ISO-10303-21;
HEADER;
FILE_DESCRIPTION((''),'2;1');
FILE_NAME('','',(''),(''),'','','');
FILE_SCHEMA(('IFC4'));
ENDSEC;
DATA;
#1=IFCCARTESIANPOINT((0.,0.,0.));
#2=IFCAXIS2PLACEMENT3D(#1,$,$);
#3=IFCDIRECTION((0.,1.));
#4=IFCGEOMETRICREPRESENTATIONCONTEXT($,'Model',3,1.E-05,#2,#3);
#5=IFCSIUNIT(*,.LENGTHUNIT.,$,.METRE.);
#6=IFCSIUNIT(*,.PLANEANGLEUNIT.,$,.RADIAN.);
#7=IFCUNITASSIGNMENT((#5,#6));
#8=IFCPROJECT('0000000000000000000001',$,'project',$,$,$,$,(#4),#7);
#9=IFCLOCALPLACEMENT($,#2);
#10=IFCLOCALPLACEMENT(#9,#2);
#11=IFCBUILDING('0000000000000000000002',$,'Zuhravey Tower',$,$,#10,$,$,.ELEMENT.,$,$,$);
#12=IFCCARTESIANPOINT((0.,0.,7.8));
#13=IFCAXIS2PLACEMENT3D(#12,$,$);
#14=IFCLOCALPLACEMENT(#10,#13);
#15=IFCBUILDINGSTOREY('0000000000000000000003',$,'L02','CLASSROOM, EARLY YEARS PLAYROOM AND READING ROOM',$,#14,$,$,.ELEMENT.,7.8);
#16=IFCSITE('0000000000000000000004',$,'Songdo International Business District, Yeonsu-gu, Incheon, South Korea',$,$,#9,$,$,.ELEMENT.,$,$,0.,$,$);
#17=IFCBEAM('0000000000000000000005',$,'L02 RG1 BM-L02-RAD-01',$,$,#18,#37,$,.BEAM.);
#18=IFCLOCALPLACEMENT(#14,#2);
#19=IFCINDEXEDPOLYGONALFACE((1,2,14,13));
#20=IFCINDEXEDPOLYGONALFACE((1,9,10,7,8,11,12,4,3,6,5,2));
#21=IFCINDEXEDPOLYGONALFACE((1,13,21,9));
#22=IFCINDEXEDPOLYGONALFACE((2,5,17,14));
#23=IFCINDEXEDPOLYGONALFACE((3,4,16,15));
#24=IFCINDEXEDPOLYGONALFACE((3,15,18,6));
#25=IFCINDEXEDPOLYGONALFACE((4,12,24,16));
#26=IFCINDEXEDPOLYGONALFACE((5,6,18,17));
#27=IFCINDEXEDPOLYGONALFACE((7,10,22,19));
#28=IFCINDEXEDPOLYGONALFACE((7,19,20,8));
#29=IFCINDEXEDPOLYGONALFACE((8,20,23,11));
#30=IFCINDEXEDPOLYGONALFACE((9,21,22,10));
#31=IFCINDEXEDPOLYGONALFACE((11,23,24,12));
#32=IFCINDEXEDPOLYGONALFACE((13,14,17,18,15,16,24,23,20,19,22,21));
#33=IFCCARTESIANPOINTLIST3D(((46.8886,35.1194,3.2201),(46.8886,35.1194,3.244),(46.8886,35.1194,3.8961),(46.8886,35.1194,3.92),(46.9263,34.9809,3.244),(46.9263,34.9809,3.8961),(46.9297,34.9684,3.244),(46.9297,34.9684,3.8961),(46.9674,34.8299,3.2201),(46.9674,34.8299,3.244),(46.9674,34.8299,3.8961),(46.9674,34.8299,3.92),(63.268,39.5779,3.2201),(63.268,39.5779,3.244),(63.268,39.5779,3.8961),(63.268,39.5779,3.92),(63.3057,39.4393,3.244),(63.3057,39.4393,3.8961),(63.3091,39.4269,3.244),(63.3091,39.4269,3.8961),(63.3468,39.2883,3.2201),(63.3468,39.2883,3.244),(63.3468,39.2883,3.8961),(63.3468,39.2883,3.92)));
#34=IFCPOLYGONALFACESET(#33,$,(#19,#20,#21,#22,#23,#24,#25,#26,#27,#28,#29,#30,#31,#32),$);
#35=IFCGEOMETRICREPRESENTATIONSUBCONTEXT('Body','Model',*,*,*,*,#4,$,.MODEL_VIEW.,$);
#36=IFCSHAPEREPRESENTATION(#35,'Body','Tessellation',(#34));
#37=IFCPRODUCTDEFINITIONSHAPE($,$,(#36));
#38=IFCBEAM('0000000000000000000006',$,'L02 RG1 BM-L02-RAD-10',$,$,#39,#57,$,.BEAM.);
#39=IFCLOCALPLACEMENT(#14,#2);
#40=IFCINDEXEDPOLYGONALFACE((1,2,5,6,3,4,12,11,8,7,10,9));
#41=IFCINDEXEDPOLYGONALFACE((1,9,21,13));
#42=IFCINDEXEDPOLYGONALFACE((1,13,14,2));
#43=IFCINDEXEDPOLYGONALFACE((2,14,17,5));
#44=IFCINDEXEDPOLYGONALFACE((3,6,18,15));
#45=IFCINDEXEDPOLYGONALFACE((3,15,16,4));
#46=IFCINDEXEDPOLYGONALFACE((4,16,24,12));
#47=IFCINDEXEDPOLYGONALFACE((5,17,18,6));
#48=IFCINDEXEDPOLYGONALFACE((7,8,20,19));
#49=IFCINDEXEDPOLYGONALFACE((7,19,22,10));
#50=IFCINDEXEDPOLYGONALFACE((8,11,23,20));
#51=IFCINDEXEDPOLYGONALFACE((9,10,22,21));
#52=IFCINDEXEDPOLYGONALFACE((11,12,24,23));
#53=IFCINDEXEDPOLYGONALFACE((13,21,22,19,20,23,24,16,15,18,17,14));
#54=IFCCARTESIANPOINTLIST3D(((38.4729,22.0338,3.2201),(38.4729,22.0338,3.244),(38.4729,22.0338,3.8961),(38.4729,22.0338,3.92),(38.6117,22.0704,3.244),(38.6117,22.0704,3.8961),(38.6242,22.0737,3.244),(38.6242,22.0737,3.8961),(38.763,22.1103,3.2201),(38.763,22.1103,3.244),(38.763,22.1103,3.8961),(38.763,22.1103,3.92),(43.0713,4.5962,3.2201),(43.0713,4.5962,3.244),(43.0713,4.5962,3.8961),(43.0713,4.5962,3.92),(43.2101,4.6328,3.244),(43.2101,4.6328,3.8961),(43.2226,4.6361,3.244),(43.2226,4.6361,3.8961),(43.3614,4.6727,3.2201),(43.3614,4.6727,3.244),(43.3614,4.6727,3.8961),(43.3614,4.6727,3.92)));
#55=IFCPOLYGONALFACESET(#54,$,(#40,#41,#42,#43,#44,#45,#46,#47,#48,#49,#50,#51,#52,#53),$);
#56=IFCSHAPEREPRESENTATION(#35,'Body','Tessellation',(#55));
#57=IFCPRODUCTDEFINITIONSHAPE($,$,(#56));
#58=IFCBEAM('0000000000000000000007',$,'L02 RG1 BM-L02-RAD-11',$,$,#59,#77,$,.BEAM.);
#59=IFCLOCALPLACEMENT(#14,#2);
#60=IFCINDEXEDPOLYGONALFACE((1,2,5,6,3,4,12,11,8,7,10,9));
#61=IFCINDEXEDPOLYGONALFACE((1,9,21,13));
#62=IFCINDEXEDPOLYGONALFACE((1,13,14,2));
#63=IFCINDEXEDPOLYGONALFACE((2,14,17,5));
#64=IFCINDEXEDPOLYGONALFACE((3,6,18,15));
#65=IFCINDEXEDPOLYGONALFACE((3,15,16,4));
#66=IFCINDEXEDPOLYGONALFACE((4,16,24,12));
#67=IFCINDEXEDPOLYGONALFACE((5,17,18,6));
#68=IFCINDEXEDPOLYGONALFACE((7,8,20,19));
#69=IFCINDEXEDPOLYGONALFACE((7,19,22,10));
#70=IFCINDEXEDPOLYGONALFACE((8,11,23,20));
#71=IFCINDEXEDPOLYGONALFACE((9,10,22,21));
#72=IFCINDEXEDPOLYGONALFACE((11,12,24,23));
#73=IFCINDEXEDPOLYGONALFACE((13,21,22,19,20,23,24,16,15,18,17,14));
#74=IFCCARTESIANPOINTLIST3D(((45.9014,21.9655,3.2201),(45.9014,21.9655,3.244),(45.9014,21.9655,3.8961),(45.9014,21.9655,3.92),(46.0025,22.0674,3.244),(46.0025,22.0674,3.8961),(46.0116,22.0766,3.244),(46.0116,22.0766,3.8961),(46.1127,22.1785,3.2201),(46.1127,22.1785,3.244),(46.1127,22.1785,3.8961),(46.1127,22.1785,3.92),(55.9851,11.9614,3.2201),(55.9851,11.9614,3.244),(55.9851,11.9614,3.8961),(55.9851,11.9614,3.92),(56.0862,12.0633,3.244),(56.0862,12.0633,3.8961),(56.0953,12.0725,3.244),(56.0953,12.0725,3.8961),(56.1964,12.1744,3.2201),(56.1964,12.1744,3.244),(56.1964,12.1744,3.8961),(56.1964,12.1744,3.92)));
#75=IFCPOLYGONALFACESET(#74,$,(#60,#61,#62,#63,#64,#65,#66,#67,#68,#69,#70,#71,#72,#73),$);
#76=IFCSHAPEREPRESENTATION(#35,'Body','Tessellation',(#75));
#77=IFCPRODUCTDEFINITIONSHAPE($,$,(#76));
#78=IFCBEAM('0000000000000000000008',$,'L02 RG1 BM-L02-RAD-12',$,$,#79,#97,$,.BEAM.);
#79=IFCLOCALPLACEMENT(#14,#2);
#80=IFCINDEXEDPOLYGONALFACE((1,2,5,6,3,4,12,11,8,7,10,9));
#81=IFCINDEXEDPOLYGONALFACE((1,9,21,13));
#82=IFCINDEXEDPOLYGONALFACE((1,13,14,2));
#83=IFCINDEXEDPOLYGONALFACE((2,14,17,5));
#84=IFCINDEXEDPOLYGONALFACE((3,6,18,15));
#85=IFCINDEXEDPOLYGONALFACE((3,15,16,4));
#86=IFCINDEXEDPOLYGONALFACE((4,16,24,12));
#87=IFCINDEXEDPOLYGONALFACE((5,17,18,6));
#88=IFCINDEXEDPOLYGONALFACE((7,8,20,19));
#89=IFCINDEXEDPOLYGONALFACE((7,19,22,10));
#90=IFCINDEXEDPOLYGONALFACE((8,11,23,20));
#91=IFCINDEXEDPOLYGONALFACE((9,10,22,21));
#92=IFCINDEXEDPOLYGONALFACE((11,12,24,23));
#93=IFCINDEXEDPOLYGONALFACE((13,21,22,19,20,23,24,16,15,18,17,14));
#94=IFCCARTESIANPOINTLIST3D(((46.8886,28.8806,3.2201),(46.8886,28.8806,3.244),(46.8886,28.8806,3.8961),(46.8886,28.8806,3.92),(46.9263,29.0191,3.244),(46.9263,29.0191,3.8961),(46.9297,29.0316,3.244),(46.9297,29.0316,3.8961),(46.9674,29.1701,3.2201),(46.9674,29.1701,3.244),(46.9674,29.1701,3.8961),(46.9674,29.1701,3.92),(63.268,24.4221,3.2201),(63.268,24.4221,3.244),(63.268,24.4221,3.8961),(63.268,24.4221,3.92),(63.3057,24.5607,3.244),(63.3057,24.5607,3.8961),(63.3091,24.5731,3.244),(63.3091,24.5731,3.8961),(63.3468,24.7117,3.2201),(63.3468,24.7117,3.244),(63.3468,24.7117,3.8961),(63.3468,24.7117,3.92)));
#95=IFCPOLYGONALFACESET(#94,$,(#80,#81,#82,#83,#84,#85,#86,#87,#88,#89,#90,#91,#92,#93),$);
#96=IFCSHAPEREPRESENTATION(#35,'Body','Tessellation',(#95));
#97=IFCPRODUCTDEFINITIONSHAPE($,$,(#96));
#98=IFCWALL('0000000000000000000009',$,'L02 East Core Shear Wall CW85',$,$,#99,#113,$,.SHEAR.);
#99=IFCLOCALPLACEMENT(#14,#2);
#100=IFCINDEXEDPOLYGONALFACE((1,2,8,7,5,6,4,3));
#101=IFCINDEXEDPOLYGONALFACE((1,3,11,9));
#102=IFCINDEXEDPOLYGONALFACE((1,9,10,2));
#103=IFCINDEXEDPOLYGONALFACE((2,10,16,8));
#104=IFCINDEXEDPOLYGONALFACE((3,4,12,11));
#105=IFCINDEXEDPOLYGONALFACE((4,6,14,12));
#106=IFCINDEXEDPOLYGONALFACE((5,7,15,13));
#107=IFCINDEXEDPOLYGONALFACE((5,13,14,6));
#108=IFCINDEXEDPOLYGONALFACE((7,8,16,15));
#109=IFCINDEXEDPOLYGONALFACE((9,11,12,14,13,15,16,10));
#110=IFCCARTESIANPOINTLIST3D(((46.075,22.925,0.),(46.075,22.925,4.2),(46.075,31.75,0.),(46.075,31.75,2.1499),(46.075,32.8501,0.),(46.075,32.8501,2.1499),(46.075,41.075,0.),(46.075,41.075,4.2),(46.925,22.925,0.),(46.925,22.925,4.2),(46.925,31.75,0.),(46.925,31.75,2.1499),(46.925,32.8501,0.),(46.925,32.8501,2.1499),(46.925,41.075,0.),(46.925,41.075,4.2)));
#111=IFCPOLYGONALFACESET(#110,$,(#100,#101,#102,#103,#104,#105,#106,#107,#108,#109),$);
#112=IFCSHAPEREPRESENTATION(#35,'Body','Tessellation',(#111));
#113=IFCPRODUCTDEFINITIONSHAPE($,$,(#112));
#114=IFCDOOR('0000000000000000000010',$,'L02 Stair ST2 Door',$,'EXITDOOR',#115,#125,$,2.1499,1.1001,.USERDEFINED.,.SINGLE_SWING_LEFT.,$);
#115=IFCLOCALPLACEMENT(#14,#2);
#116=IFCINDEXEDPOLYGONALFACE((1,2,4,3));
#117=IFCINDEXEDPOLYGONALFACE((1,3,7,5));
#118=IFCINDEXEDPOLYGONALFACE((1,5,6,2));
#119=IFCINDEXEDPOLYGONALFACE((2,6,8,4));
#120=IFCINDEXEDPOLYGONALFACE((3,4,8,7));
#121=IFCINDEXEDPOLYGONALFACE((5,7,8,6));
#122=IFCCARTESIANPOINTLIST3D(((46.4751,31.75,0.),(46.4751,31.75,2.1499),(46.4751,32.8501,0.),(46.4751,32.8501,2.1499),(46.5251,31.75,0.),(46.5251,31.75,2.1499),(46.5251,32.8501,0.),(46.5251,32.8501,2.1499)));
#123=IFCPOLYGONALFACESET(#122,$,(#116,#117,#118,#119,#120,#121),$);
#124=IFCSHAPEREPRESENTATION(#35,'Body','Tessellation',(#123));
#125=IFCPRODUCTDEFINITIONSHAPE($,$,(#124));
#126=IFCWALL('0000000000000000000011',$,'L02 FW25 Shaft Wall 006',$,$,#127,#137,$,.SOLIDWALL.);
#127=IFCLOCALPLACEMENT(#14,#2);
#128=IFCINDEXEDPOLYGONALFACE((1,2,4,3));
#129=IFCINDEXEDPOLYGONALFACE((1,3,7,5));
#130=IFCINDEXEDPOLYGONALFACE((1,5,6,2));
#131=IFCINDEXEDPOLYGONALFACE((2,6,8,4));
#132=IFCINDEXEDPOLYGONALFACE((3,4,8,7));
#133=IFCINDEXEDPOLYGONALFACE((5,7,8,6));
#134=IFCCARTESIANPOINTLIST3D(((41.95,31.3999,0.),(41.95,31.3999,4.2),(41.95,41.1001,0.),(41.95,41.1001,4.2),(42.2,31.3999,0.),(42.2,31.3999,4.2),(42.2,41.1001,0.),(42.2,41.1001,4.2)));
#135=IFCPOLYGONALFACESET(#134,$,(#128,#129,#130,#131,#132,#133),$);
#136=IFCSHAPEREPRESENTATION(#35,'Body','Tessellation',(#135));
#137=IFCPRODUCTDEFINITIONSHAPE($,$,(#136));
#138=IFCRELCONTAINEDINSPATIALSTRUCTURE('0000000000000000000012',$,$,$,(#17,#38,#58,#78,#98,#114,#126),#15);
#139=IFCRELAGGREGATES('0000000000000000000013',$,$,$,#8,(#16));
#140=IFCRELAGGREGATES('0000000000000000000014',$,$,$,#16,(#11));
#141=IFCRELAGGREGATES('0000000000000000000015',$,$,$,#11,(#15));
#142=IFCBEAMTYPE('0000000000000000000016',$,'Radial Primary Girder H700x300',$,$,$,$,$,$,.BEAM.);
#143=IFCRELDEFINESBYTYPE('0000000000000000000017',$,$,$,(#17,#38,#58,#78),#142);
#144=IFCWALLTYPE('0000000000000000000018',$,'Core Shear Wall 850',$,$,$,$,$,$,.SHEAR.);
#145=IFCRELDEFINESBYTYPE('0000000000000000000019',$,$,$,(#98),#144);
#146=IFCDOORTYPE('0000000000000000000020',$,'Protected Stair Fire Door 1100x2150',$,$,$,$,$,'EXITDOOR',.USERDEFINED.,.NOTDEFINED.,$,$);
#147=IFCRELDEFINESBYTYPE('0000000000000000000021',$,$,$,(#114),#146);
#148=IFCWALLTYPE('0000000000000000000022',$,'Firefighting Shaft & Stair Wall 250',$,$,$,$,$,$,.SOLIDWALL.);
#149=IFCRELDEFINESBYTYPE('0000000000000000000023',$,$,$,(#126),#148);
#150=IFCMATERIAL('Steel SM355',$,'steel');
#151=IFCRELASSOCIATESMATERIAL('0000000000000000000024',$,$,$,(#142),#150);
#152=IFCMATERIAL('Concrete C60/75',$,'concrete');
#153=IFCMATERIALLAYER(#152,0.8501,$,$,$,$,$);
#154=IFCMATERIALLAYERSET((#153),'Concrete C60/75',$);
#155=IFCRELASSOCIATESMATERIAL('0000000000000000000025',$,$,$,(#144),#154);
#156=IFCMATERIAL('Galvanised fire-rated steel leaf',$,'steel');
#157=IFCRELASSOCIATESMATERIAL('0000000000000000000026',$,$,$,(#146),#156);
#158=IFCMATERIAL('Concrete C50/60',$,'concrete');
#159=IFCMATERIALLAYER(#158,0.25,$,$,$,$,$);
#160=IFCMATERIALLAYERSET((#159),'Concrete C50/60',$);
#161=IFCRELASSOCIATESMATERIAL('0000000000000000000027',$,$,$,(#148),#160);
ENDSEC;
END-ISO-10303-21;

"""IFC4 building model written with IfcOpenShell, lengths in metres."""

from ifc_helpers import new_model, si_unit, direction, frame, frame_2d, origin, origin_2d, place, context, subcontext, project, spatial, rectangle, i_section, extrude, material, layer, layer_set, material_profile, profile_set, type_object, element, fill, save


model = new_model("IFC4")

# Units and contexts
model_context = context("Model", 3, precision=1e-05, world=origin(), true_north=direction((0.0, 1.0)))
body_context = subcontext(model_context, "Body", "Model", "MODEL_VIEW")
ifc_project = project(units=[si_unit("LENGTHUNIT", "METRE"), si_unit("PLANEANGLEUNIT", "RADIAN")], contexts=[model_context])

# Site, building, storey
site_placement = place(None, origin())
site = spatial("IfcSite", under=ifc_project, at=site_placement, Name="Songdo International Business District, Yeonsu-gu, Incheon, South Korea", CompositionType="ELEMENT", RefElevation=0.0)
building_placement = place(site_placement, origin())
building = spatial("IfcBuilding", under=site, at=building_placement, Name="Zuhravey Tower", CompositionType="ELEMENT")
storey_placement = place(building_placement, frame((0.0, 0.0, 7.8)))
storey = spatial("IfcBuildingStorey", under=building, at=storey_placement, Name="L02", Description="CLASSROOM, EARLY YEARS PLAYROOM AND READING ROOM", CompositionType="ELEMENT", Elevation=7.8)

# Beams
ifc_material_1 = material(Name="Steel SM355", Category="steel")
ifc_material_profile = material_profile(ifc_material_1, i_section(OverallWidth=0.3, OverallDepth=0.7, WebThickness=0.0129, FlangeThickness=0.0239, at=origin_2d()), Name="H-700x300x13x24")
ifc_profile_set = profile_set([ifc_material_profile], Name="Steel SM355")
beam_type = type_object("IfcBeamType", Name="Radial Primary Girder H700x300", PredefinedType="BEAM", material=ifc_profile_set)
beam_1_placement = place(storey_placement, frame((46.928, 34.9746, 3.5701), z_axis=(0.964892, 0.262645, 0.0), x_axis=(-0.262645, 0.964892, 0.0)))
element("IfcBeam", 1, at=beam_1_placement, inside=storey, type_object=beam_type, Name="L02 RG1 BM-L02-RAD-01", PredefinedType="BEAM", context=body_context, shape_type="SweptSolid", body=[
    extrude(i_section(OverallWidth=0.3, OverallDepth=0.7, WebThickness=0.0129, FlangeThickness=0.0239, at=origin_2d()), origin(), (0.0, 0.0, 1.0), 16.9753),
])
beam_2_placement = place(storey_placement, frame((38.6179, 22.072, 3.5701), z_axis=(0.25499, -0.966944, 0.0), x_axis=(0.966944, 0.25499, 0.0)))
element("IfcBeam", 2, at=beam_2_placement, inside=storey, type_object=beam_type, Name="L02 RG1 BM-L02-RAD-10", PredefinedType="BEAM", context=body_context, shape_type="SweptSolid", body=[
    extrude(i_section(OverallWidth=0.3, OverallDepth=0.7, WebThickness=0.0129, FlangeThickness=0.0239, at=origin_2d()), origin(), (0.0, 0.0, 1.0), 18.0337),
])
beam_3_placement = place(storey_placement, frame((46.0071, 22.072, 3.5701), z_axis=(0.709903, -0.7043, 0.0), x_axis=(0.7043, 0.709903, 0.0)))
element("IfcBeam", 3, at=beam_3_placement, inside=storey, type_object=beam_type, Name="L02 RG1 BM-L02-RAD-11", PredefinedType="BEAM", context=body_context, shape_type="SweptSolid", body=[
    extrude(i_section(OverallWidth=0.3, OverallDepth=0.7, WebThickness=0.0129, FlangeThickness=0.0239, at=origin_2d()), origin(), (0.0, 0.0, 1.0), 14.2043),
])
beam_4_placement = place(storey_placement, frame((46.928, 29.0254, 3.5701), z_axis=(0.964892, -0.262645, 0.0), x_axis=(0.262645, 0.964892, 0.0)))
element("IfcBeam", 4, at=beam_4_placement, inside=storey, type_object=beam_type, Name="L02 RG1 BM-L02-RAD-12", PredefinedType="BEAM", context=body_context, shape_type="SweptSolid", body=[
    extrude(i_section(OverallWidth=0.3, OverallDepth=0.7, WebThickness=0.0129, FlangeThickness=0.0239, at=origin_2d()), origin(), (0.0, 0.0, 1.0), 16.9753),
])

# Wall, opening, door
ifc_material_2 = material(Name="Concrete C60/75", Category="concrete")
ifc_layer_1 = layer(ifc_material_2, 0.8501)
ifc_layer_set_1 = layer_set([ifc_layer_1], Name="Concrete C60/75")
wall_type_1 = type_object("IfcWallType", Name="Core Shear Wall 850", PredefinedType="SHEAR", material=ifc_layer_set_1)
ifc_material_3 = material(Name="Galvanised fire-rated steel leaf", Category="steel")
wall_1_placement = place(storey_placement, frame((46.5, 22.925, 0.0), z_axis=(0.0, 0.0, 1.0), x_axis=(0.0, 1.0, 0.0)))
wall_1 = element("IfcWall", 5, at=wall_1_placement, inside=storey, type_object=wall_type_1, Name="L02 East Core Shear Wall CW85", PredefinedType="SHEAR", context=body_context, shape_type="SweptSolid", body=[
    extrude(rectangle(XDim=18.1499, YDim=0.8501, at=frame_2d((9.075, 0.0))), origin(), (0.0, 0.0, 1.0), 4.2),
])
opening_1_placement = place(wall_1_placement, frame((8.825, 0.0, 0.0)))
opening_1 = element("IfcOpeningElement", 6, at=opening_1_placement, cuts=wall_1, PredefinedType="OPENING", context=body_context, shape_type="SweptSolid", body=[
    extrude(rectangle(XDim=1.1001, YDim=2.1499, at=frame_2d((0.55, 1.075))), frame((0.0, 0.437, 0.0), z_axis=(0.0, -1.0, 0.0), x_axis=(1.0, 0.0, 0.0)), (0.0, 0.0, 1.0), 0.874),
])
door_type_1 = type_object("IfcDoorType", Name="Protected Stair Fire Door 1100x2150", ElementType="EXITDOOR", OperationType="NOTDEFINED", PredefinedType="USERDEFINED", material=ifc_material_3)
door_1_placement = place(opening_1_placement, origin())
door_1 = element("IfcDoor", 7, at=door_1_placement, inside=storey, type_object=door_type_1, Name="L02 Stair ST2 Door", ObjectType="EXITDOOR", OperationType="SINGLE_SWING_LEFT", OverallHeight=2.1499, OverallWidth=1.1001, PredefinedType="USERDEFINED", context=body_context, shape_type="SweptSolid", body=[
    extrude(rectangle(XDim=1.1001, YDim=2.1499, at=frame_2d((0.55, 1.075))), frame((0.0, 0.0249, 0.0), z_axis=(0.0, -1.0, 0.0), x_axis=(1.0, 0.0, 0.0)), (0.0, 0.0, 1.0), 0.05),
])
fill(opening_1, door_1)

# Wall
ifc_material_4 = material(Name="Concrete C50/60", Category="concrete")
ifc_layer_2 = layer(ifc_material_4, 0.25)
ifc_layer_set_2 = layer_set([ifc_layer_2], Name="Concrete C50/60")
wall_type_2 = type_object("IfcWallType", Name="Firefighting Shaft & Stair Wall 250", PredefinedType="SOLIDWALL", material=ifc_layer_set_2)
wall_2_placement = place(storey_placement, frame((42.075, 31.3999, 0.0), z_axis=(0.0, 0.0, 1.0), x_axis=(0.0, 1.0, 0.0)))
element("IfcWall", 8, at=wall_2_placement, inside=storey, type_object=wall_type_2, Name="L02 FW25 Shaft Wall 006", PredefinedType="SOLIDWALL", context=body_context, shape_type="SweptSolid", body=[
    extrude(rectangle(XDim=9.7002, YDim=0.25, at=frame_2d((4.8501, 0.0))), origin(), (0.0, 0.0, 1.0), 4.2),
])

save(model, "model.ifc")
